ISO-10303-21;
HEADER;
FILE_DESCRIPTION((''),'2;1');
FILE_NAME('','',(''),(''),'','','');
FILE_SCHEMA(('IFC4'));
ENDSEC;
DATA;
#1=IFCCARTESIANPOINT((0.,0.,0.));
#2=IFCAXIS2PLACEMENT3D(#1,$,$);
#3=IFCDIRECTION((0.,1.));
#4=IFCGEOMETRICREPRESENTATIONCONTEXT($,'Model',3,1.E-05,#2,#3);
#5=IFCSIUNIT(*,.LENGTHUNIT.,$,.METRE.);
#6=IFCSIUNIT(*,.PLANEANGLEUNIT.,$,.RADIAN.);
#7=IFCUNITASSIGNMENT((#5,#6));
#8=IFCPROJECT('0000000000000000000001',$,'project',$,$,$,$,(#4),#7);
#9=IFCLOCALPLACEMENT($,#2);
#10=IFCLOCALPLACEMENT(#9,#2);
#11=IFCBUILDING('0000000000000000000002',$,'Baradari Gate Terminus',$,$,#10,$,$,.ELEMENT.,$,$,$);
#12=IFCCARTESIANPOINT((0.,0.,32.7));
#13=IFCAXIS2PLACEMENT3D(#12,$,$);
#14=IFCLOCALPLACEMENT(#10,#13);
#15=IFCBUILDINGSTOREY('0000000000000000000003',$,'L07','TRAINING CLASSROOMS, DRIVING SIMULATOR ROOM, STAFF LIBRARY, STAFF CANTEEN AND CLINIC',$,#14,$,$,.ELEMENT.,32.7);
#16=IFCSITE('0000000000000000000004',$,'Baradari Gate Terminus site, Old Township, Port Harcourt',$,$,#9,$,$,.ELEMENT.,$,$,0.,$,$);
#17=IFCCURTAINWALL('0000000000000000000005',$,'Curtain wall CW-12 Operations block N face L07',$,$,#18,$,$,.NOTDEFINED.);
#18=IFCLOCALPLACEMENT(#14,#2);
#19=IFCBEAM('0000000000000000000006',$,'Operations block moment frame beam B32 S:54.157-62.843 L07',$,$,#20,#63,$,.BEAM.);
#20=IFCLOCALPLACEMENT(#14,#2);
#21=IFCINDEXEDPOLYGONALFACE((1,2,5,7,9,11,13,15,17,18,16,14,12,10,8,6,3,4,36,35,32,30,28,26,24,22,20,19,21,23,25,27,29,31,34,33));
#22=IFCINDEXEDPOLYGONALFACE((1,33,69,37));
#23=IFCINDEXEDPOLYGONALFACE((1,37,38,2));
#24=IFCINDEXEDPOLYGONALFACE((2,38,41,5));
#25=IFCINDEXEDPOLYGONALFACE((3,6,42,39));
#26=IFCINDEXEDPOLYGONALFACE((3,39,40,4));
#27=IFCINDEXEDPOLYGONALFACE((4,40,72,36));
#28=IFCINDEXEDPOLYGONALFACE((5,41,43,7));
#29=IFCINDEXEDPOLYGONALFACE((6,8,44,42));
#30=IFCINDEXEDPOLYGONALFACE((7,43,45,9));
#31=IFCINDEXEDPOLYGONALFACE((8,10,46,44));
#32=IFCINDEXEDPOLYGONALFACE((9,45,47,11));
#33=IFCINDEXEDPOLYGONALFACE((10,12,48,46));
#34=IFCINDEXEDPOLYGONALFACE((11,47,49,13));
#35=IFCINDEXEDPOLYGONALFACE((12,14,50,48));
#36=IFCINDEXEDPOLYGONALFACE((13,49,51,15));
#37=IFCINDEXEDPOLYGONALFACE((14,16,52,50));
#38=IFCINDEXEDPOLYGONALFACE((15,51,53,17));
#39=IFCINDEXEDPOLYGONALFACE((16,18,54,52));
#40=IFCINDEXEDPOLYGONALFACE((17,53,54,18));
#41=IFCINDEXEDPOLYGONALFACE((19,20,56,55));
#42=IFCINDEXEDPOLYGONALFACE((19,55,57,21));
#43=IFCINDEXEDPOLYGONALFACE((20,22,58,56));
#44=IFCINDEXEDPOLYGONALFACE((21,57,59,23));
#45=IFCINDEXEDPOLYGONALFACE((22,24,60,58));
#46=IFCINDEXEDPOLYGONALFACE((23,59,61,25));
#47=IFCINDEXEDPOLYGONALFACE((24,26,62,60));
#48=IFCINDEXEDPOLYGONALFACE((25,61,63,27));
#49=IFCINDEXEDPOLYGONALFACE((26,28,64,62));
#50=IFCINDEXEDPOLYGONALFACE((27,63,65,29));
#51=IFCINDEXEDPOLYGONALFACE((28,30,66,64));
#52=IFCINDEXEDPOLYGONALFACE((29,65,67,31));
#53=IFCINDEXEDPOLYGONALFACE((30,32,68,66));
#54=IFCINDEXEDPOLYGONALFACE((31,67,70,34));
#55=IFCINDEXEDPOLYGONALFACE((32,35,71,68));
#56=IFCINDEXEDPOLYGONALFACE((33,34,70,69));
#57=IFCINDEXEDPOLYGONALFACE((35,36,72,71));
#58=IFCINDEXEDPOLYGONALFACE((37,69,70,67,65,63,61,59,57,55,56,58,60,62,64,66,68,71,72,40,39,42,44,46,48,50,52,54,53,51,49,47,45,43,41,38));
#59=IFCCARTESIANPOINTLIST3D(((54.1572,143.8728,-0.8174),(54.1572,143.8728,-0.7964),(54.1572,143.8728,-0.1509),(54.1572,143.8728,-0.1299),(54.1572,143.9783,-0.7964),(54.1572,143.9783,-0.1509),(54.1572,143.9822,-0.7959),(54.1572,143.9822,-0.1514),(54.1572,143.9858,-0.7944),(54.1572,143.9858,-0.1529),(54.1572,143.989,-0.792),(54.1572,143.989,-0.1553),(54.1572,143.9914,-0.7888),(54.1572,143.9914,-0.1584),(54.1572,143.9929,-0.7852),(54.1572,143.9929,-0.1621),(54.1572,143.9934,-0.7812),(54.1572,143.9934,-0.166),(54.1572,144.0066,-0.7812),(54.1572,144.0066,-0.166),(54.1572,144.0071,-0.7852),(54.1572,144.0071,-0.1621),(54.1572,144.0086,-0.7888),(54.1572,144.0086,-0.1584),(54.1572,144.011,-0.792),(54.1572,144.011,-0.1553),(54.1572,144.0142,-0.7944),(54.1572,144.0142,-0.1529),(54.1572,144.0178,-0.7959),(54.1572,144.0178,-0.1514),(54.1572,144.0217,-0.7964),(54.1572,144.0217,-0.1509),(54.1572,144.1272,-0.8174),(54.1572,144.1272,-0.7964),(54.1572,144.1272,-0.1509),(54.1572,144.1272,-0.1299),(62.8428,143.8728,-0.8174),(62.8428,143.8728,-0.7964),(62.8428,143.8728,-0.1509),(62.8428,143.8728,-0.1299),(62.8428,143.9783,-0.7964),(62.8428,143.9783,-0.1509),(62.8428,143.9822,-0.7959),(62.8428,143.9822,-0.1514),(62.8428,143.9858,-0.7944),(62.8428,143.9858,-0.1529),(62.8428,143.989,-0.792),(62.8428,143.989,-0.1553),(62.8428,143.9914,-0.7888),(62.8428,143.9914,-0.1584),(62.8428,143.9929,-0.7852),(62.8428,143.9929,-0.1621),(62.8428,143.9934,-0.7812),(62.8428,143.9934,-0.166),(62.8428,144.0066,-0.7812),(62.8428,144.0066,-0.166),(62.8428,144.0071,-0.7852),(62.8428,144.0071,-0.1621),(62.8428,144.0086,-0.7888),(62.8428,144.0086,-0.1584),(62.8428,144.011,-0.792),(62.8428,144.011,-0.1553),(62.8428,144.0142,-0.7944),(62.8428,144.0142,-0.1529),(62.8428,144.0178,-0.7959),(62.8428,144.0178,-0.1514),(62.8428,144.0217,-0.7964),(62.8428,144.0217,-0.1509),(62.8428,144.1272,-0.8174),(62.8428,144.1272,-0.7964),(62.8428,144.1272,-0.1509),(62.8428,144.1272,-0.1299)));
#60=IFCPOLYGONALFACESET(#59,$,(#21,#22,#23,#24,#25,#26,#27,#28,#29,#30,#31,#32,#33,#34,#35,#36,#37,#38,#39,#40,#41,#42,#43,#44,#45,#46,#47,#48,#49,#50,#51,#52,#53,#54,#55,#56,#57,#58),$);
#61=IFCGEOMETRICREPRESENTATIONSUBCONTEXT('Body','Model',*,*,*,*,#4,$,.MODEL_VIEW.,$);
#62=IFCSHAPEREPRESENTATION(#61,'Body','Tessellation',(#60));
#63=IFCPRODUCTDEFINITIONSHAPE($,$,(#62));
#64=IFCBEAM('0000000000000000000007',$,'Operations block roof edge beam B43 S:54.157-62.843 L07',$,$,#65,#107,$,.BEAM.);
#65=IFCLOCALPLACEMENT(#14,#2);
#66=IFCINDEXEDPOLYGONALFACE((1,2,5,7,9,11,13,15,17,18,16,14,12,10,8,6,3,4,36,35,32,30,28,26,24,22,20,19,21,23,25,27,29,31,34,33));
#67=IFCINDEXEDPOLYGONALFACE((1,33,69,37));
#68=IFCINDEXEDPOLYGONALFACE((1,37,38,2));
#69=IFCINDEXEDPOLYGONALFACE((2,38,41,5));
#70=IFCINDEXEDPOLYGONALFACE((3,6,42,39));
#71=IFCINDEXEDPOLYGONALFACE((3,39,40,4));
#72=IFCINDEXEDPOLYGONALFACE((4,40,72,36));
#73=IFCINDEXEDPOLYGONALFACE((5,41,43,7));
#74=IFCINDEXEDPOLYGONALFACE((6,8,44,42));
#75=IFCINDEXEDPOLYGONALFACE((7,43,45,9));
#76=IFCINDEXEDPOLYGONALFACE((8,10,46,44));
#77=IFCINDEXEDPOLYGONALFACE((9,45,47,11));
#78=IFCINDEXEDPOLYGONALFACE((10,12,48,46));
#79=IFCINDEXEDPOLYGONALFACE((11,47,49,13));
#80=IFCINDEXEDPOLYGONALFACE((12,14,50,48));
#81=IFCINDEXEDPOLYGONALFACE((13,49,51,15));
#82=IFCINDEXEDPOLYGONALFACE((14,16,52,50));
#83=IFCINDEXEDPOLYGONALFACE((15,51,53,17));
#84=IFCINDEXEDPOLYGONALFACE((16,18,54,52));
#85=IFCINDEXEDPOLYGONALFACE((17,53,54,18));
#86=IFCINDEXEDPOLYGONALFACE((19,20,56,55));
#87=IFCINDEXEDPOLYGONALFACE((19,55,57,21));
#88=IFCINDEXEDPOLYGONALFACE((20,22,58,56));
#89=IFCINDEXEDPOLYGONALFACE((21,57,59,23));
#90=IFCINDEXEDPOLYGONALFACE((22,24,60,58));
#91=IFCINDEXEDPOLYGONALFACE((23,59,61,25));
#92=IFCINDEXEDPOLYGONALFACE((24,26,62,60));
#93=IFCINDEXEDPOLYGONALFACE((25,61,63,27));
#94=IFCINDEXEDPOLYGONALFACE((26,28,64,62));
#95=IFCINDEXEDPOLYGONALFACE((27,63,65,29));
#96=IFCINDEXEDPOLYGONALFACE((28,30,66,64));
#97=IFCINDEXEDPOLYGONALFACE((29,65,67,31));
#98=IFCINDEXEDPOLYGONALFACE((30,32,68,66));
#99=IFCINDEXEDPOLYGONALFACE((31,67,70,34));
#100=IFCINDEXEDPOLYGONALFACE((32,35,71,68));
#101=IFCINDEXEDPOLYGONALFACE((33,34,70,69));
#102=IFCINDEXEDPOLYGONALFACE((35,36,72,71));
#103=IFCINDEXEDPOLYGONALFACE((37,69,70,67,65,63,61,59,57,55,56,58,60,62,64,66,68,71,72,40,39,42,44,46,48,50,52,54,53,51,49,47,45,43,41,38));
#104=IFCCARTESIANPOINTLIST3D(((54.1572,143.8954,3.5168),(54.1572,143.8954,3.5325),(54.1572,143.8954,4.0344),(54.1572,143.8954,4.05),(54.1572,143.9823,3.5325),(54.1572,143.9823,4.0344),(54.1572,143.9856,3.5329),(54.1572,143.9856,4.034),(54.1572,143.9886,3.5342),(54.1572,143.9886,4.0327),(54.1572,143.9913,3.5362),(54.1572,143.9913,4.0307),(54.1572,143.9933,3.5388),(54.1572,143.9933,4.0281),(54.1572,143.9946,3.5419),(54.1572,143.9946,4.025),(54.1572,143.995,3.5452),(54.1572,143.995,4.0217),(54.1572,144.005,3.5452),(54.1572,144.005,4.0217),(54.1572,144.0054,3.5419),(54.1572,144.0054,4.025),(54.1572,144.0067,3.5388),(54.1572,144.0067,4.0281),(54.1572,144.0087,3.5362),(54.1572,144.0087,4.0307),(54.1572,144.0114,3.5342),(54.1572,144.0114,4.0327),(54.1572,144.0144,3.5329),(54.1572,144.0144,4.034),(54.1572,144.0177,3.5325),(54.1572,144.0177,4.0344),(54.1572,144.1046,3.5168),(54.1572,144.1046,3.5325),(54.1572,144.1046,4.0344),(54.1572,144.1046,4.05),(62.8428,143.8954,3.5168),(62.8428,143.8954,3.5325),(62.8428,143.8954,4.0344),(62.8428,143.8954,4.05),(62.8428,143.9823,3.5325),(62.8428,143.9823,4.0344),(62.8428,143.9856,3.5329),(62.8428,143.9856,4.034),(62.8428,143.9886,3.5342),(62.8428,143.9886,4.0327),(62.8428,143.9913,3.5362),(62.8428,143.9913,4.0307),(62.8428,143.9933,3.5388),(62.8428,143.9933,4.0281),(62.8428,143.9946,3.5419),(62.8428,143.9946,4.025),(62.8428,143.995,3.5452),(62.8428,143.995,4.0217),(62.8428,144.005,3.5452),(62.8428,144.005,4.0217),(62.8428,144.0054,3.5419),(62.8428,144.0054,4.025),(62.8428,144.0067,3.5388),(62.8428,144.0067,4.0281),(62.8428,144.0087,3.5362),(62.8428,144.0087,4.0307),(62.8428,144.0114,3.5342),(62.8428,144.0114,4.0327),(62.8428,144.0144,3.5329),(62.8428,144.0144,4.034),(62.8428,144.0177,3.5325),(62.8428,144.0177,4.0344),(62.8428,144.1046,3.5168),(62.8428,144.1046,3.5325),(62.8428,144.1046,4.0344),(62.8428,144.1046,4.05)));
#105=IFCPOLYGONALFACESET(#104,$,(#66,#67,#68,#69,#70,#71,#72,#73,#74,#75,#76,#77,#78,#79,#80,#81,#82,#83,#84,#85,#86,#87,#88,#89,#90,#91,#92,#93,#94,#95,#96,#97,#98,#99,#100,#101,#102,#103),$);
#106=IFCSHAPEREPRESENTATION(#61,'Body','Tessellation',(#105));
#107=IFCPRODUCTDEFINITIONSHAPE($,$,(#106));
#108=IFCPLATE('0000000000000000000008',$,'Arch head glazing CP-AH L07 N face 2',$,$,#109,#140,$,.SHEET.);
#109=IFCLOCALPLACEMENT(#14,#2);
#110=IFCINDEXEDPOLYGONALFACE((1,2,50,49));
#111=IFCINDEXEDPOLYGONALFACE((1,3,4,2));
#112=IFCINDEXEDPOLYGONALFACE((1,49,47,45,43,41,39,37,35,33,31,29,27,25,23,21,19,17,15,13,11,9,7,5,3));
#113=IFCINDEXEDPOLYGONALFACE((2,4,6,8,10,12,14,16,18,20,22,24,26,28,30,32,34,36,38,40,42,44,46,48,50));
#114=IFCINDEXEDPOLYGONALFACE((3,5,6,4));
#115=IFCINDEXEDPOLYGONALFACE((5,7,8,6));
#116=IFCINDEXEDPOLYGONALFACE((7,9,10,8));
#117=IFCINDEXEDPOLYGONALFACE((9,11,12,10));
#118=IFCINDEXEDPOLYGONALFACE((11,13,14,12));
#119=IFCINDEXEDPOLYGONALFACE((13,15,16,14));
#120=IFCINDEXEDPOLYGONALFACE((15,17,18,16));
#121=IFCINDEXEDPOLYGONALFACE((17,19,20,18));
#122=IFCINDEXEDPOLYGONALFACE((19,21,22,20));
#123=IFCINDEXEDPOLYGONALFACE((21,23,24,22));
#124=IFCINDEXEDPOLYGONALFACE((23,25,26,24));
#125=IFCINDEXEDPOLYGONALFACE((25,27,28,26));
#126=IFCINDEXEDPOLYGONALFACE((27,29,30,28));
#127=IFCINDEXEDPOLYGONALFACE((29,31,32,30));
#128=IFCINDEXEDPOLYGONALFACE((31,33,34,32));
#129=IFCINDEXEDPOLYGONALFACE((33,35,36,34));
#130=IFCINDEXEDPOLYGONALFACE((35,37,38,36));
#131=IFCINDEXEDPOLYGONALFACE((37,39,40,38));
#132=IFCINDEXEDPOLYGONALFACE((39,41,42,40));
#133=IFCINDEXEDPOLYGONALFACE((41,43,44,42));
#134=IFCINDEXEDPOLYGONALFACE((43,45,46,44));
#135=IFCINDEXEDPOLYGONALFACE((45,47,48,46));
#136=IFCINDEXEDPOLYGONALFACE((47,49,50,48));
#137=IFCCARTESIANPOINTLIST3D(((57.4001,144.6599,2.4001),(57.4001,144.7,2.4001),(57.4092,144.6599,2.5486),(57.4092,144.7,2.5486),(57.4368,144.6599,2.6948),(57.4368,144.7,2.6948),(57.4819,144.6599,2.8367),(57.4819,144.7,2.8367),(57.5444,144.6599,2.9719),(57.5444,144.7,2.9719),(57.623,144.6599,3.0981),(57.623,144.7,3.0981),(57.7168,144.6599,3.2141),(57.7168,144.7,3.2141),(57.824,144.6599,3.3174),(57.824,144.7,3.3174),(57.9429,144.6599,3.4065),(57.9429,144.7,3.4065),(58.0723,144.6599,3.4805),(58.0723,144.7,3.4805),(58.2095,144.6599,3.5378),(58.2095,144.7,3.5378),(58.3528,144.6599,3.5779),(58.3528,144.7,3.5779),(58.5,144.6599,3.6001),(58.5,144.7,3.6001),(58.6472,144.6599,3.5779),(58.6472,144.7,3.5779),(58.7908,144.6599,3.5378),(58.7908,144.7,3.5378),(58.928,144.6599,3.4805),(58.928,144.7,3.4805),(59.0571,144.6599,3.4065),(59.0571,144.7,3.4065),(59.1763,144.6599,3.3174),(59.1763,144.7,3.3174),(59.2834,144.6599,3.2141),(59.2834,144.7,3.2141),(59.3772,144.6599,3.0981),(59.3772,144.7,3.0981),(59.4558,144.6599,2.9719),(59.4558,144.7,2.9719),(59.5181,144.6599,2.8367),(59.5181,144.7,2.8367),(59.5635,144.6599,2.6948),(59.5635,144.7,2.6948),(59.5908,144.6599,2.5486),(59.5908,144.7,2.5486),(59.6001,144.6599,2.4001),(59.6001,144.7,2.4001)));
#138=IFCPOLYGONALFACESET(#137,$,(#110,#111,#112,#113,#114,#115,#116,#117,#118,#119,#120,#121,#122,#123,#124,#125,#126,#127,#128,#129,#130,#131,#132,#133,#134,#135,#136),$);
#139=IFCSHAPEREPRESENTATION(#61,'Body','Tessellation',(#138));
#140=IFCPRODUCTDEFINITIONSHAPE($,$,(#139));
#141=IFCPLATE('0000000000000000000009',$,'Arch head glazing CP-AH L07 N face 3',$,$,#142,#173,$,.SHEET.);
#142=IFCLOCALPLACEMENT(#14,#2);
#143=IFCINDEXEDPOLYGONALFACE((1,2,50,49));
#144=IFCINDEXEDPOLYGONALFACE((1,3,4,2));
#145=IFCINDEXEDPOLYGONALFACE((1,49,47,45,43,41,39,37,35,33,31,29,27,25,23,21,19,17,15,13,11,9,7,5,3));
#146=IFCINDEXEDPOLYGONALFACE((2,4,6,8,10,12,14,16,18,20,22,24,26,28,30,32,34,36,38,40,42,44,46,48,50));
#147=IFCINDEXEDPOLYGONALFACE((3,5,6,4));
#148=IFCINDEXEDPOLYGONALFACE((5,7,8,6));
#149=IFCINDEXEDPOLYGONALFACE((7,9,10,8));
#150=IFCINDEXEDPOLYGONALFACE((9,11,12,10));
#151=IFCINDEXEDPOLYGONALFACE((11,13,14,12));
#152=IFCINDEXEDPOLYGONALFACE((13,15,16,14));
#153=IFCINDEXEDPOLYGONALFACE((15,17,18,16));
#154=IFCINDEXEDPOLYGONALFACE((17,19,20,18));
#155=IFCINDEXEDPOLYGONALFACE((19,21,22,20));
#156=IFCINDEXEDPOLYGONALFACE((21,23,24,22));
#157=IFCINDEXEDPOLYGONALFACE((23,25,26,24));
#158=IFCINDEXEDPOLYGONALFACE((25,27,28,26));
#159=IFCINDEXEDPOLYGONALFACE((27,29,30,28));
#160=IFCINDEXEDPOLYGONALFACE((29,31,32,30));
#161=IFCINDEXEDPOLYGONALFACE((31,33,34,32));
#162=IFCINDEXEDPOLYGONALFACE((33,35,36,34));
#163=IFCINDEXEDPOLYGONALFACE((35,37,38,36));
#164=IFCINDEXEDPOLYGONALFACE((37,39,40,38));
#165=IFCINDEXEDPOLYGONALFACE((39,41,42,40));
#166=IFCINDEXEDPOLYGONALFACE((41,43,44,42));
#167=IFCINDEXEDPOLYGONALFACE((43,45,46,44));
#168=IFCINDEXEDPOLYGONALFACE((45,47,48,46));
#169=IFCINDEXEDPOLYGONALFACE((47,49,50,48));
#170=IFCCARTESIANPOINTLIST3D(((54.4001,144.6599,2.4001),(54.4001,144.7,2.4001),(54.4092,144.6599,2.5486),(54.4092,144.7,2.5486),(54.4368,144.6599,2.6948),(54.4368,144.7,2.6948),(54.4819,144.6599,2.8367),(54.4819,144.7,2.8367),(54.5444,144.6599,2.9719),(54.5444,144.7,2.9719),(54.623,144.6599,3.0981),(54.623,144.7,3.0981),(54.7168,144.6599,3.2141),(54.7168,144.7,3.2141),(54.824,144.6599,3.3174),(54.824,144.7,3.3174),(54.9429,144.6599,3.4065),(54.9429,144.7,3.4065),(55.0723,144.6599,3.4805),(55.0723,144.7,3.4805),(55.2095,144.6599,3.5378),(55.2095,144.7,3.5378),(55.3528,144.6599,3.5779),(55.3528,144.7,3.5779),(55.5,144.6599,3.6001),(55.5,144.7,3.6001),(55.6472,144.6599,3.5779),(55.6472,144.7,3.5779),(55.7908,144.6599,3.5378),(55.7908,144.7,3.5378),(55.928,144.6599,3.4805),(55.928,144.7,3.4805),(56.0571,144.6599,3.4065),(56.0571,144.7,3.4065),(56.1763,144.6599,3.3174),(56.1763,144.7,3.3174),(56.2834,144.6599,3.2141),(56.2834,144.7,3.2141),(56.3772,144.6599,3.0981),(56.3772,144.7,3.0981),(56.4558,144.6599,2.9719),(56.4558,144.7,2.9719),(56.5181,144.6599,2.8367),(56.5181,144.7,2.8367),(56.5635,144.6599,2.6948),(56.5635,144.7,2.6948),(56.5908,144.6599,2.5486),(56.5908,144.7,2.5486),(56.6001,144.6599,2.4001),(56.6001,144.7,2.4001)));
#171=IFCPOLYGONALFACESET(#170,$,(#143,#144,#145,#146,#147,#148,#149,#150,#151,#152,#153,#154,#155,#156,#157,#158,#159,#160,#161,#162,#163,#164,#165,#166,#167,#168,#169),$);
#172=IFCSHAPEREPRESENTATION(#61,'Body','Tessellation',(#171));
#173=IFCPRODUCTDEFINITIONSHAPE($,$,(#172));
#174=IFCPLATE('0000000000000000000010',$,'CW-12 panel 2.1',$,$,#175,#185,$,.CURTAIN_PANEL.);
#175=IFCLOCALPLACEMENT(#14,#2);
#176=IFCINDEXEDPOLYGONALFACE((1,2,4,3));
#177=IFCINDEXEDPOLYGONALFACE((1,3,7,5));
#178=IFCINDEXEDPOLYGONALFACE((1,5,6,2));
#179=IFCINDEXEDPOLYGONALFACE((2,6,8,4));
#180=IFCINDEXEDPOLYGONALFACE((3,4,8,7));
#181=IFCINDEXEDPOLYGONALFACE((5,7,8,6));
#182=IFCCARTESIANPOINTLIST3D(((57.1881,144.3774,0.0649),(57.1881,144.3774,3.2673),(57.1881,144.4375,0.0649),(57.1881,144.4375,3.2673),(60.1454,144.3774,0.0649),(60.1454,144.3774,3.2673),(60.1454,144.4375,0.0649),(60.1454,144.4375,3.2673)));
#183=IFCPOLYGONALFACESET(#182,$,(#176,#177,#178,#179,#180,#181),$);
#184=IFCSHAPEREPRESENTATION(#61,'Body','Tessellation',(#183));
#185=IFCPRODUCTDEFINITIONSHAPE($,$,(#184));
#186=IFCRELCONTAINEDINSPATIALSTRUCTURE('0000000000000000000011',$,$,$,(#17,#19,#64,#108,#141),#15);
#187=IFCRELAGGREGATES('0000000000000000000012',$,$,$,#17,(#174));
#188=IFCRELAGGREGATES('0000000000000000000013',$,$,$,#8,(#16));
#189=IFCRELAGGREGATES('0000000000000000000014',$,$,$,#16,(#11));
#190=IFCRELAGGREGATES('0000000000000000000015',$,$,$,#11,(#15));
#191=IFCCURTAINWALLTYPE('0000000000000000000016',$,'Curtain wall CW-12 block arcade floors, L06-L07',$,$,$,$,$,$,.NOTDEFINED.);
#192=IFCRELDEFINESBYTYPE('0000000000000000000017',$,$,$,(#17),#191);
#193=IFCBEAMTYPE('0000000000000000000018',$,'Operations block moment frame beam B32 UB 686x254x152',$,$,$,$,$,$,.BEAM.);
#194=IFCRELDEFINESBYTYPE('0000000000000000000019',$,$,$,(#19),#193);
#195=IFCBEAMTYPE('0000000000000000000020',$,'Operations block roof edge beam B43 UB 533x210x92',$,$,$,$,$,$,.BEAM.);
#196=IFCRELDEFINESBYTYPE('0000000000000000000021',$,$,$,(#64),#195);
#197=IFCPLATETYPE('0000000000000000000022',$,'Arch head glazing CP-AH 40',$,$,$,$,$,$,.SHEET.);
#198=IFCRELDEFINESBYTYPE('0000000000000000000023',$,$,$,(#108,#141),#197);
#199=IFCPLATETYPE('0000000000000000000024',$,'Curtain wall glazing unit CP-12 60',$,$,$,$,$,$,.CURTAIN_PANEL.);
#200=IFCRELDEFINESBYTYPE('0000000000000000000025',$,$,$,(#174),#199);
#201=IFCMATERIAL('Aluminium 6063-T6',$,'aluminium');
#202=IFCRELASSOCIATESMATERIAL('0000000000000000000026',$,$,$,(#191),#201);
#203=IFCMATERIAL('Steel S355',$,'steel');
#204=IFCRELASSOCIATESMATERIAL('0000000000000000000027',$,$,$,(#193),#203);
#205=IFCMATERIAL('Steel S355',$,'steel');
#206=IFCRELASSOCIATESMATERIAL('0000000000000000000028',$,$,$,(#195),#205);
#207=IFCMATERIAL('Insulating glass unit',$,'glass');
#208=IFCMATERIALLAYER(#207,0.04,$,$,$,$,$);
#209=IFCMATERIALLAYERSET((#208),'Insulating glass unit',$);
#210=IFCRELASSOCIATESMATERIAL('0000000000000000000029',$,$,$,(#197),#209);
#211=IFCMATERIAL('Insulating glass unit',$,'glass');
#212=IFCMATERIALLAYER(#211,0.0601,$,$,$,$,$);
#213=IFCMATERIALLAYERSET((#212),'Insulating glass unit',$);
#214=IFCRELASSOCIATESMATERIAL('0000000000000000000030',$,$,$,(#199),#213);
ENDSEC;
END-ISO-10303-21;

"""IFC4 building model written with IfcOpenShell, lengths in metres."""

from ifc_helpers import new_model, si_unit, direction, frame, origin, origin_2d, place, context, subcontext, project, spatial, polyline, rectangle, i_section, outline, extrude, material, layer, layer_set, material_profile, profile_set, type_object, element, aggregate, save


model = new_model("IFC4")

# Units and contexts
model_context = context("Model", 3, precision=1e-05, world=origin(), true_north=direction((0.0, 1.0)))
body_context = subcontext(model_context, "Body", "Model", "MODEL_VIEW")
ifc_project = project(units=[si_unit("LENGTHUNIT", "METRE"), si_unit("PLANEANGLEUNIT", "RADIAN")], contexts=[model_context])

# Site, building, storey
site_placement = place(None, origin())
site = spatial("IfcSite", under=ifc_project, at=site_placement, Name="Baradari Gate Terminus site, Old Township, Port Harcourt", CompositionType="ELEMENT", RefElevation=0.0)
building_placement = place(site_placement, origin())
building = spatial("IfcBuilding", under=site, at=building_placement, Name="Baradari Gate Terminus", CompositionType="ELEMENT")
storey_placement = place(building_placement, frame((0.0, 0.0, 32.7)))
storey = spatial("IfcBuildingStorey", under=building, at=storey_placement, Name="L07", Description="TRAINING CLASSROOMS, DRIVING SIMULATOR ROOM, STAFF LIBRARY, STAFF CANTEEN AND CLINIC", CompositionType="ELEMENT", Elevation=32.7)

# Curtain wall
ifc_material_1 = material(Name="Aluminium 6063-T6", Category="aluminium")
curtain_wall_type = type_object("IfcCurtainWallType", Name="Curtain wall CW-12 block arcade floors, L06-L07", PredefinedType="NOTDEFINED", material=ifc_material_1)
curtain_wall_placement = place(storey_placement, origin())
curtain_wall = element("IfcCurtainWall", 1, at=curtain_wall_placement, inside=storey, type_object=curtain_wall_type, Name="Curtain wall CW-12 Operations block N face L07", PredefinedType="NOTDEFINED")

# Beams
ifc_material_2 = material(Name="Steel S355", Category="steel")
ifc_material_profile_1 = material_profile(ifc_material_2, i_section(OverallWidth=0.2544, OverallDepth=0.6875, WebThickness=0.0132, FlangeThickness=0.021, FilletRadius=0.0151, at=origin_2d()), Name="UB 686x254x152")
ifc_profile_set_1 = profile_set([ifc_material_profile_1], Name="Steel S355")
beam_type_1 = type_object("IfcBeamType", Name="Operations block moment frame beam B32 UB 686x254x152", PredefinedType="BEAM", material=ifc_profile_set_1)
beam_1_placement = place(storey_placement, frame((54.1572, 144.0, -0.4736), z_axis=(1.0, 0.0, 0.0), x_axis=(0.0, 1.0, 0.0)))
element("IfcBeam", 2, at=beam_1_placement, inside=storey, type_object=beam_type_1, Name="Operations block moment frame beam B32 S:54.157-62.843 L07", PredefinedType="BEAM", context=body_context, shape_type="SweptSolid", body=[
    extrude(i_section(OverallWidth=0.2544, OverallDepth=0.6875, WebThickness=0.0132, FlangeThickness=0.021, FilletRadius=0.0151, at=origin_2d()), origin(), (0.0, 0.0, 1.0), 8.6855),
])
ifc_material_3 = material(Name="Steel S355", Category="steel")
ifc_material_profile_2 = material_profile(ifc_material_3, i_section(OverallWidth=0.2092, OverallDepth=0.5332, WebThickness=0.01, FlangeThickness=0.0156, FilletRadius=0.0127, at=origin_2d()), Name="UB 533x210x92")
ifc_profile_set_2 = profile_set([ifc_material_profile_2], Name="Steel S355")
beam_type_2 = type_object("IfcBeamType", Name="Operations block roof edge beam B43 UB 533x210x92", PredefinedType="BEAM", material=ifc_profile_set_2)
beam_2_placement = place(storey_placement, frame((54.1572, 144.0, 3.7834), z_axis=(1.0, 0.0, 0.0), x_axis=(0.0, 1.0, 0.0)))
element("IfcBeam", 3, at=beam_2_placement, inside=storey, type_object=beam_type_2, Name="Operations block roof edge beam B43 S:54.157-62.843 L07", PredefinedType="BEAM", context=body_context, shape_type="SweptSolid", body=[
    extrude(i_section(OverallWidth=0.2092, OverallDepth=0.5332, WebThickness=0.01, FlangeThickness=0.0156, FilletRadius=0.0127, at=origin_2d()), origin(), (0.0, 0.0, 1.0), 8.6855),
])

# Plates
ifc_material_4 = material(Name="Insulating glass unit", Category="glass")
ifc_layer_1 = layer(ifc_material_4, 0.04)
ifc_layer_set_1 = layer_set([ifc_layer_1], Name="Insulating glass unit")
plate_type_1 = type_object("IfcPlateType", Name="Arch head glazing CP-AH 40", PredefinedType="SHEET", material=ifc_layer_set_1)
for number, where, z_axis, x_axis, name in (
    (4, (59.6001, 144.6799, 2.4001), (0.0, 0.0, 1.0), (-1.0, 0.0, 0.0), "Arch head glazing CP-AH L07 N face 2"),
    (5, (56.6001, 144.6799, 2.4001), (0.0, 0.0, 1.0), (-1.0, 0.0, 0.0), "Arch head glazing CP-AH L07 N face 3"),
):
    element("IfcPlate", number, at=place(storey_placement, frame(where, z_axis=z_axis, x_axis=x_axis)), inside=storey, type_object=plate_type_1, Name=name, PredefinedType="SHEET", context=body_context, shape_type="SweptSolid", body=[
        extrude(outline(polyline([(0.0, 0.0), (2.2, 0.0), (2.1909, 0.1484), (2.1633, 0.2947), (2.1182, 0.4365), (2.0557, 0.5718), (1.9771, 0.698), (1.8833, 0.814), (1.7761, 0.9172), (1.6572, 1.0063), (1.5278, 1.0803), (1.3906, 1.1377), (1.2473, 1.1777), (1.1001, 1.2), (0.9529, 1.1777), (0.8093, 1.1377), (0.6721, 1.0803), (0.543, 1.0063), (0.4238, 0.9172), (0.3167, 0.814), (0.2229, 0.698), (0.1443, 0.5718), (0.082, 0.4365), (0.0366, 0.2947), (0.0093, 0.1484), (0.0, 0.0)])), frame((0.0, 0.02, 0.0), z_axis=(0.0, -1.0, 0.0), x_axis=(1.0, 0.0, 0.0)), (0.0, 0.0, 1.0), 0.04),
    ])

# Plate
ifc_material_5 = material(Name="Insulating glass unit", Category="glass")
ifc_layer_2 = layer(ifc_material_5, 0.0601)
ifc_layer_set_2 = layer_set([ifc_layer_2], Name="Insulating glass unit")
plate_type_2 = type_object("IfcPlateType", Name="Curtain wall glazing unit CP-12 60", PredefinedType="CURTAIN_PANEL", material=ifc_layer_set_2)
plate_1_placement = place(storey_placement, frame((58.6667, 144.4075, 0.0649), z_axis=(0.0, 0.0, 1.0), x_axis=(-1.0, 0.0, 0.0)))
plate_1 = element("IfcPlate", 6, at=plate_1_placement, type_object=plate_type_2, Name="CW-12 panel 2.1", PredefinedType="CURTAIN_PANEL", context=body_context, shape_type="SweptSolid", body=[
    extrude(rectangle(XDim=2.9573, YDim=0.0601, at=origin_2d()), origin(), (0.0, 0.0, 1.0), 3.2024),
])
aggregate(curtain_wall, [plate_1])

save(model, "model.ifc")
